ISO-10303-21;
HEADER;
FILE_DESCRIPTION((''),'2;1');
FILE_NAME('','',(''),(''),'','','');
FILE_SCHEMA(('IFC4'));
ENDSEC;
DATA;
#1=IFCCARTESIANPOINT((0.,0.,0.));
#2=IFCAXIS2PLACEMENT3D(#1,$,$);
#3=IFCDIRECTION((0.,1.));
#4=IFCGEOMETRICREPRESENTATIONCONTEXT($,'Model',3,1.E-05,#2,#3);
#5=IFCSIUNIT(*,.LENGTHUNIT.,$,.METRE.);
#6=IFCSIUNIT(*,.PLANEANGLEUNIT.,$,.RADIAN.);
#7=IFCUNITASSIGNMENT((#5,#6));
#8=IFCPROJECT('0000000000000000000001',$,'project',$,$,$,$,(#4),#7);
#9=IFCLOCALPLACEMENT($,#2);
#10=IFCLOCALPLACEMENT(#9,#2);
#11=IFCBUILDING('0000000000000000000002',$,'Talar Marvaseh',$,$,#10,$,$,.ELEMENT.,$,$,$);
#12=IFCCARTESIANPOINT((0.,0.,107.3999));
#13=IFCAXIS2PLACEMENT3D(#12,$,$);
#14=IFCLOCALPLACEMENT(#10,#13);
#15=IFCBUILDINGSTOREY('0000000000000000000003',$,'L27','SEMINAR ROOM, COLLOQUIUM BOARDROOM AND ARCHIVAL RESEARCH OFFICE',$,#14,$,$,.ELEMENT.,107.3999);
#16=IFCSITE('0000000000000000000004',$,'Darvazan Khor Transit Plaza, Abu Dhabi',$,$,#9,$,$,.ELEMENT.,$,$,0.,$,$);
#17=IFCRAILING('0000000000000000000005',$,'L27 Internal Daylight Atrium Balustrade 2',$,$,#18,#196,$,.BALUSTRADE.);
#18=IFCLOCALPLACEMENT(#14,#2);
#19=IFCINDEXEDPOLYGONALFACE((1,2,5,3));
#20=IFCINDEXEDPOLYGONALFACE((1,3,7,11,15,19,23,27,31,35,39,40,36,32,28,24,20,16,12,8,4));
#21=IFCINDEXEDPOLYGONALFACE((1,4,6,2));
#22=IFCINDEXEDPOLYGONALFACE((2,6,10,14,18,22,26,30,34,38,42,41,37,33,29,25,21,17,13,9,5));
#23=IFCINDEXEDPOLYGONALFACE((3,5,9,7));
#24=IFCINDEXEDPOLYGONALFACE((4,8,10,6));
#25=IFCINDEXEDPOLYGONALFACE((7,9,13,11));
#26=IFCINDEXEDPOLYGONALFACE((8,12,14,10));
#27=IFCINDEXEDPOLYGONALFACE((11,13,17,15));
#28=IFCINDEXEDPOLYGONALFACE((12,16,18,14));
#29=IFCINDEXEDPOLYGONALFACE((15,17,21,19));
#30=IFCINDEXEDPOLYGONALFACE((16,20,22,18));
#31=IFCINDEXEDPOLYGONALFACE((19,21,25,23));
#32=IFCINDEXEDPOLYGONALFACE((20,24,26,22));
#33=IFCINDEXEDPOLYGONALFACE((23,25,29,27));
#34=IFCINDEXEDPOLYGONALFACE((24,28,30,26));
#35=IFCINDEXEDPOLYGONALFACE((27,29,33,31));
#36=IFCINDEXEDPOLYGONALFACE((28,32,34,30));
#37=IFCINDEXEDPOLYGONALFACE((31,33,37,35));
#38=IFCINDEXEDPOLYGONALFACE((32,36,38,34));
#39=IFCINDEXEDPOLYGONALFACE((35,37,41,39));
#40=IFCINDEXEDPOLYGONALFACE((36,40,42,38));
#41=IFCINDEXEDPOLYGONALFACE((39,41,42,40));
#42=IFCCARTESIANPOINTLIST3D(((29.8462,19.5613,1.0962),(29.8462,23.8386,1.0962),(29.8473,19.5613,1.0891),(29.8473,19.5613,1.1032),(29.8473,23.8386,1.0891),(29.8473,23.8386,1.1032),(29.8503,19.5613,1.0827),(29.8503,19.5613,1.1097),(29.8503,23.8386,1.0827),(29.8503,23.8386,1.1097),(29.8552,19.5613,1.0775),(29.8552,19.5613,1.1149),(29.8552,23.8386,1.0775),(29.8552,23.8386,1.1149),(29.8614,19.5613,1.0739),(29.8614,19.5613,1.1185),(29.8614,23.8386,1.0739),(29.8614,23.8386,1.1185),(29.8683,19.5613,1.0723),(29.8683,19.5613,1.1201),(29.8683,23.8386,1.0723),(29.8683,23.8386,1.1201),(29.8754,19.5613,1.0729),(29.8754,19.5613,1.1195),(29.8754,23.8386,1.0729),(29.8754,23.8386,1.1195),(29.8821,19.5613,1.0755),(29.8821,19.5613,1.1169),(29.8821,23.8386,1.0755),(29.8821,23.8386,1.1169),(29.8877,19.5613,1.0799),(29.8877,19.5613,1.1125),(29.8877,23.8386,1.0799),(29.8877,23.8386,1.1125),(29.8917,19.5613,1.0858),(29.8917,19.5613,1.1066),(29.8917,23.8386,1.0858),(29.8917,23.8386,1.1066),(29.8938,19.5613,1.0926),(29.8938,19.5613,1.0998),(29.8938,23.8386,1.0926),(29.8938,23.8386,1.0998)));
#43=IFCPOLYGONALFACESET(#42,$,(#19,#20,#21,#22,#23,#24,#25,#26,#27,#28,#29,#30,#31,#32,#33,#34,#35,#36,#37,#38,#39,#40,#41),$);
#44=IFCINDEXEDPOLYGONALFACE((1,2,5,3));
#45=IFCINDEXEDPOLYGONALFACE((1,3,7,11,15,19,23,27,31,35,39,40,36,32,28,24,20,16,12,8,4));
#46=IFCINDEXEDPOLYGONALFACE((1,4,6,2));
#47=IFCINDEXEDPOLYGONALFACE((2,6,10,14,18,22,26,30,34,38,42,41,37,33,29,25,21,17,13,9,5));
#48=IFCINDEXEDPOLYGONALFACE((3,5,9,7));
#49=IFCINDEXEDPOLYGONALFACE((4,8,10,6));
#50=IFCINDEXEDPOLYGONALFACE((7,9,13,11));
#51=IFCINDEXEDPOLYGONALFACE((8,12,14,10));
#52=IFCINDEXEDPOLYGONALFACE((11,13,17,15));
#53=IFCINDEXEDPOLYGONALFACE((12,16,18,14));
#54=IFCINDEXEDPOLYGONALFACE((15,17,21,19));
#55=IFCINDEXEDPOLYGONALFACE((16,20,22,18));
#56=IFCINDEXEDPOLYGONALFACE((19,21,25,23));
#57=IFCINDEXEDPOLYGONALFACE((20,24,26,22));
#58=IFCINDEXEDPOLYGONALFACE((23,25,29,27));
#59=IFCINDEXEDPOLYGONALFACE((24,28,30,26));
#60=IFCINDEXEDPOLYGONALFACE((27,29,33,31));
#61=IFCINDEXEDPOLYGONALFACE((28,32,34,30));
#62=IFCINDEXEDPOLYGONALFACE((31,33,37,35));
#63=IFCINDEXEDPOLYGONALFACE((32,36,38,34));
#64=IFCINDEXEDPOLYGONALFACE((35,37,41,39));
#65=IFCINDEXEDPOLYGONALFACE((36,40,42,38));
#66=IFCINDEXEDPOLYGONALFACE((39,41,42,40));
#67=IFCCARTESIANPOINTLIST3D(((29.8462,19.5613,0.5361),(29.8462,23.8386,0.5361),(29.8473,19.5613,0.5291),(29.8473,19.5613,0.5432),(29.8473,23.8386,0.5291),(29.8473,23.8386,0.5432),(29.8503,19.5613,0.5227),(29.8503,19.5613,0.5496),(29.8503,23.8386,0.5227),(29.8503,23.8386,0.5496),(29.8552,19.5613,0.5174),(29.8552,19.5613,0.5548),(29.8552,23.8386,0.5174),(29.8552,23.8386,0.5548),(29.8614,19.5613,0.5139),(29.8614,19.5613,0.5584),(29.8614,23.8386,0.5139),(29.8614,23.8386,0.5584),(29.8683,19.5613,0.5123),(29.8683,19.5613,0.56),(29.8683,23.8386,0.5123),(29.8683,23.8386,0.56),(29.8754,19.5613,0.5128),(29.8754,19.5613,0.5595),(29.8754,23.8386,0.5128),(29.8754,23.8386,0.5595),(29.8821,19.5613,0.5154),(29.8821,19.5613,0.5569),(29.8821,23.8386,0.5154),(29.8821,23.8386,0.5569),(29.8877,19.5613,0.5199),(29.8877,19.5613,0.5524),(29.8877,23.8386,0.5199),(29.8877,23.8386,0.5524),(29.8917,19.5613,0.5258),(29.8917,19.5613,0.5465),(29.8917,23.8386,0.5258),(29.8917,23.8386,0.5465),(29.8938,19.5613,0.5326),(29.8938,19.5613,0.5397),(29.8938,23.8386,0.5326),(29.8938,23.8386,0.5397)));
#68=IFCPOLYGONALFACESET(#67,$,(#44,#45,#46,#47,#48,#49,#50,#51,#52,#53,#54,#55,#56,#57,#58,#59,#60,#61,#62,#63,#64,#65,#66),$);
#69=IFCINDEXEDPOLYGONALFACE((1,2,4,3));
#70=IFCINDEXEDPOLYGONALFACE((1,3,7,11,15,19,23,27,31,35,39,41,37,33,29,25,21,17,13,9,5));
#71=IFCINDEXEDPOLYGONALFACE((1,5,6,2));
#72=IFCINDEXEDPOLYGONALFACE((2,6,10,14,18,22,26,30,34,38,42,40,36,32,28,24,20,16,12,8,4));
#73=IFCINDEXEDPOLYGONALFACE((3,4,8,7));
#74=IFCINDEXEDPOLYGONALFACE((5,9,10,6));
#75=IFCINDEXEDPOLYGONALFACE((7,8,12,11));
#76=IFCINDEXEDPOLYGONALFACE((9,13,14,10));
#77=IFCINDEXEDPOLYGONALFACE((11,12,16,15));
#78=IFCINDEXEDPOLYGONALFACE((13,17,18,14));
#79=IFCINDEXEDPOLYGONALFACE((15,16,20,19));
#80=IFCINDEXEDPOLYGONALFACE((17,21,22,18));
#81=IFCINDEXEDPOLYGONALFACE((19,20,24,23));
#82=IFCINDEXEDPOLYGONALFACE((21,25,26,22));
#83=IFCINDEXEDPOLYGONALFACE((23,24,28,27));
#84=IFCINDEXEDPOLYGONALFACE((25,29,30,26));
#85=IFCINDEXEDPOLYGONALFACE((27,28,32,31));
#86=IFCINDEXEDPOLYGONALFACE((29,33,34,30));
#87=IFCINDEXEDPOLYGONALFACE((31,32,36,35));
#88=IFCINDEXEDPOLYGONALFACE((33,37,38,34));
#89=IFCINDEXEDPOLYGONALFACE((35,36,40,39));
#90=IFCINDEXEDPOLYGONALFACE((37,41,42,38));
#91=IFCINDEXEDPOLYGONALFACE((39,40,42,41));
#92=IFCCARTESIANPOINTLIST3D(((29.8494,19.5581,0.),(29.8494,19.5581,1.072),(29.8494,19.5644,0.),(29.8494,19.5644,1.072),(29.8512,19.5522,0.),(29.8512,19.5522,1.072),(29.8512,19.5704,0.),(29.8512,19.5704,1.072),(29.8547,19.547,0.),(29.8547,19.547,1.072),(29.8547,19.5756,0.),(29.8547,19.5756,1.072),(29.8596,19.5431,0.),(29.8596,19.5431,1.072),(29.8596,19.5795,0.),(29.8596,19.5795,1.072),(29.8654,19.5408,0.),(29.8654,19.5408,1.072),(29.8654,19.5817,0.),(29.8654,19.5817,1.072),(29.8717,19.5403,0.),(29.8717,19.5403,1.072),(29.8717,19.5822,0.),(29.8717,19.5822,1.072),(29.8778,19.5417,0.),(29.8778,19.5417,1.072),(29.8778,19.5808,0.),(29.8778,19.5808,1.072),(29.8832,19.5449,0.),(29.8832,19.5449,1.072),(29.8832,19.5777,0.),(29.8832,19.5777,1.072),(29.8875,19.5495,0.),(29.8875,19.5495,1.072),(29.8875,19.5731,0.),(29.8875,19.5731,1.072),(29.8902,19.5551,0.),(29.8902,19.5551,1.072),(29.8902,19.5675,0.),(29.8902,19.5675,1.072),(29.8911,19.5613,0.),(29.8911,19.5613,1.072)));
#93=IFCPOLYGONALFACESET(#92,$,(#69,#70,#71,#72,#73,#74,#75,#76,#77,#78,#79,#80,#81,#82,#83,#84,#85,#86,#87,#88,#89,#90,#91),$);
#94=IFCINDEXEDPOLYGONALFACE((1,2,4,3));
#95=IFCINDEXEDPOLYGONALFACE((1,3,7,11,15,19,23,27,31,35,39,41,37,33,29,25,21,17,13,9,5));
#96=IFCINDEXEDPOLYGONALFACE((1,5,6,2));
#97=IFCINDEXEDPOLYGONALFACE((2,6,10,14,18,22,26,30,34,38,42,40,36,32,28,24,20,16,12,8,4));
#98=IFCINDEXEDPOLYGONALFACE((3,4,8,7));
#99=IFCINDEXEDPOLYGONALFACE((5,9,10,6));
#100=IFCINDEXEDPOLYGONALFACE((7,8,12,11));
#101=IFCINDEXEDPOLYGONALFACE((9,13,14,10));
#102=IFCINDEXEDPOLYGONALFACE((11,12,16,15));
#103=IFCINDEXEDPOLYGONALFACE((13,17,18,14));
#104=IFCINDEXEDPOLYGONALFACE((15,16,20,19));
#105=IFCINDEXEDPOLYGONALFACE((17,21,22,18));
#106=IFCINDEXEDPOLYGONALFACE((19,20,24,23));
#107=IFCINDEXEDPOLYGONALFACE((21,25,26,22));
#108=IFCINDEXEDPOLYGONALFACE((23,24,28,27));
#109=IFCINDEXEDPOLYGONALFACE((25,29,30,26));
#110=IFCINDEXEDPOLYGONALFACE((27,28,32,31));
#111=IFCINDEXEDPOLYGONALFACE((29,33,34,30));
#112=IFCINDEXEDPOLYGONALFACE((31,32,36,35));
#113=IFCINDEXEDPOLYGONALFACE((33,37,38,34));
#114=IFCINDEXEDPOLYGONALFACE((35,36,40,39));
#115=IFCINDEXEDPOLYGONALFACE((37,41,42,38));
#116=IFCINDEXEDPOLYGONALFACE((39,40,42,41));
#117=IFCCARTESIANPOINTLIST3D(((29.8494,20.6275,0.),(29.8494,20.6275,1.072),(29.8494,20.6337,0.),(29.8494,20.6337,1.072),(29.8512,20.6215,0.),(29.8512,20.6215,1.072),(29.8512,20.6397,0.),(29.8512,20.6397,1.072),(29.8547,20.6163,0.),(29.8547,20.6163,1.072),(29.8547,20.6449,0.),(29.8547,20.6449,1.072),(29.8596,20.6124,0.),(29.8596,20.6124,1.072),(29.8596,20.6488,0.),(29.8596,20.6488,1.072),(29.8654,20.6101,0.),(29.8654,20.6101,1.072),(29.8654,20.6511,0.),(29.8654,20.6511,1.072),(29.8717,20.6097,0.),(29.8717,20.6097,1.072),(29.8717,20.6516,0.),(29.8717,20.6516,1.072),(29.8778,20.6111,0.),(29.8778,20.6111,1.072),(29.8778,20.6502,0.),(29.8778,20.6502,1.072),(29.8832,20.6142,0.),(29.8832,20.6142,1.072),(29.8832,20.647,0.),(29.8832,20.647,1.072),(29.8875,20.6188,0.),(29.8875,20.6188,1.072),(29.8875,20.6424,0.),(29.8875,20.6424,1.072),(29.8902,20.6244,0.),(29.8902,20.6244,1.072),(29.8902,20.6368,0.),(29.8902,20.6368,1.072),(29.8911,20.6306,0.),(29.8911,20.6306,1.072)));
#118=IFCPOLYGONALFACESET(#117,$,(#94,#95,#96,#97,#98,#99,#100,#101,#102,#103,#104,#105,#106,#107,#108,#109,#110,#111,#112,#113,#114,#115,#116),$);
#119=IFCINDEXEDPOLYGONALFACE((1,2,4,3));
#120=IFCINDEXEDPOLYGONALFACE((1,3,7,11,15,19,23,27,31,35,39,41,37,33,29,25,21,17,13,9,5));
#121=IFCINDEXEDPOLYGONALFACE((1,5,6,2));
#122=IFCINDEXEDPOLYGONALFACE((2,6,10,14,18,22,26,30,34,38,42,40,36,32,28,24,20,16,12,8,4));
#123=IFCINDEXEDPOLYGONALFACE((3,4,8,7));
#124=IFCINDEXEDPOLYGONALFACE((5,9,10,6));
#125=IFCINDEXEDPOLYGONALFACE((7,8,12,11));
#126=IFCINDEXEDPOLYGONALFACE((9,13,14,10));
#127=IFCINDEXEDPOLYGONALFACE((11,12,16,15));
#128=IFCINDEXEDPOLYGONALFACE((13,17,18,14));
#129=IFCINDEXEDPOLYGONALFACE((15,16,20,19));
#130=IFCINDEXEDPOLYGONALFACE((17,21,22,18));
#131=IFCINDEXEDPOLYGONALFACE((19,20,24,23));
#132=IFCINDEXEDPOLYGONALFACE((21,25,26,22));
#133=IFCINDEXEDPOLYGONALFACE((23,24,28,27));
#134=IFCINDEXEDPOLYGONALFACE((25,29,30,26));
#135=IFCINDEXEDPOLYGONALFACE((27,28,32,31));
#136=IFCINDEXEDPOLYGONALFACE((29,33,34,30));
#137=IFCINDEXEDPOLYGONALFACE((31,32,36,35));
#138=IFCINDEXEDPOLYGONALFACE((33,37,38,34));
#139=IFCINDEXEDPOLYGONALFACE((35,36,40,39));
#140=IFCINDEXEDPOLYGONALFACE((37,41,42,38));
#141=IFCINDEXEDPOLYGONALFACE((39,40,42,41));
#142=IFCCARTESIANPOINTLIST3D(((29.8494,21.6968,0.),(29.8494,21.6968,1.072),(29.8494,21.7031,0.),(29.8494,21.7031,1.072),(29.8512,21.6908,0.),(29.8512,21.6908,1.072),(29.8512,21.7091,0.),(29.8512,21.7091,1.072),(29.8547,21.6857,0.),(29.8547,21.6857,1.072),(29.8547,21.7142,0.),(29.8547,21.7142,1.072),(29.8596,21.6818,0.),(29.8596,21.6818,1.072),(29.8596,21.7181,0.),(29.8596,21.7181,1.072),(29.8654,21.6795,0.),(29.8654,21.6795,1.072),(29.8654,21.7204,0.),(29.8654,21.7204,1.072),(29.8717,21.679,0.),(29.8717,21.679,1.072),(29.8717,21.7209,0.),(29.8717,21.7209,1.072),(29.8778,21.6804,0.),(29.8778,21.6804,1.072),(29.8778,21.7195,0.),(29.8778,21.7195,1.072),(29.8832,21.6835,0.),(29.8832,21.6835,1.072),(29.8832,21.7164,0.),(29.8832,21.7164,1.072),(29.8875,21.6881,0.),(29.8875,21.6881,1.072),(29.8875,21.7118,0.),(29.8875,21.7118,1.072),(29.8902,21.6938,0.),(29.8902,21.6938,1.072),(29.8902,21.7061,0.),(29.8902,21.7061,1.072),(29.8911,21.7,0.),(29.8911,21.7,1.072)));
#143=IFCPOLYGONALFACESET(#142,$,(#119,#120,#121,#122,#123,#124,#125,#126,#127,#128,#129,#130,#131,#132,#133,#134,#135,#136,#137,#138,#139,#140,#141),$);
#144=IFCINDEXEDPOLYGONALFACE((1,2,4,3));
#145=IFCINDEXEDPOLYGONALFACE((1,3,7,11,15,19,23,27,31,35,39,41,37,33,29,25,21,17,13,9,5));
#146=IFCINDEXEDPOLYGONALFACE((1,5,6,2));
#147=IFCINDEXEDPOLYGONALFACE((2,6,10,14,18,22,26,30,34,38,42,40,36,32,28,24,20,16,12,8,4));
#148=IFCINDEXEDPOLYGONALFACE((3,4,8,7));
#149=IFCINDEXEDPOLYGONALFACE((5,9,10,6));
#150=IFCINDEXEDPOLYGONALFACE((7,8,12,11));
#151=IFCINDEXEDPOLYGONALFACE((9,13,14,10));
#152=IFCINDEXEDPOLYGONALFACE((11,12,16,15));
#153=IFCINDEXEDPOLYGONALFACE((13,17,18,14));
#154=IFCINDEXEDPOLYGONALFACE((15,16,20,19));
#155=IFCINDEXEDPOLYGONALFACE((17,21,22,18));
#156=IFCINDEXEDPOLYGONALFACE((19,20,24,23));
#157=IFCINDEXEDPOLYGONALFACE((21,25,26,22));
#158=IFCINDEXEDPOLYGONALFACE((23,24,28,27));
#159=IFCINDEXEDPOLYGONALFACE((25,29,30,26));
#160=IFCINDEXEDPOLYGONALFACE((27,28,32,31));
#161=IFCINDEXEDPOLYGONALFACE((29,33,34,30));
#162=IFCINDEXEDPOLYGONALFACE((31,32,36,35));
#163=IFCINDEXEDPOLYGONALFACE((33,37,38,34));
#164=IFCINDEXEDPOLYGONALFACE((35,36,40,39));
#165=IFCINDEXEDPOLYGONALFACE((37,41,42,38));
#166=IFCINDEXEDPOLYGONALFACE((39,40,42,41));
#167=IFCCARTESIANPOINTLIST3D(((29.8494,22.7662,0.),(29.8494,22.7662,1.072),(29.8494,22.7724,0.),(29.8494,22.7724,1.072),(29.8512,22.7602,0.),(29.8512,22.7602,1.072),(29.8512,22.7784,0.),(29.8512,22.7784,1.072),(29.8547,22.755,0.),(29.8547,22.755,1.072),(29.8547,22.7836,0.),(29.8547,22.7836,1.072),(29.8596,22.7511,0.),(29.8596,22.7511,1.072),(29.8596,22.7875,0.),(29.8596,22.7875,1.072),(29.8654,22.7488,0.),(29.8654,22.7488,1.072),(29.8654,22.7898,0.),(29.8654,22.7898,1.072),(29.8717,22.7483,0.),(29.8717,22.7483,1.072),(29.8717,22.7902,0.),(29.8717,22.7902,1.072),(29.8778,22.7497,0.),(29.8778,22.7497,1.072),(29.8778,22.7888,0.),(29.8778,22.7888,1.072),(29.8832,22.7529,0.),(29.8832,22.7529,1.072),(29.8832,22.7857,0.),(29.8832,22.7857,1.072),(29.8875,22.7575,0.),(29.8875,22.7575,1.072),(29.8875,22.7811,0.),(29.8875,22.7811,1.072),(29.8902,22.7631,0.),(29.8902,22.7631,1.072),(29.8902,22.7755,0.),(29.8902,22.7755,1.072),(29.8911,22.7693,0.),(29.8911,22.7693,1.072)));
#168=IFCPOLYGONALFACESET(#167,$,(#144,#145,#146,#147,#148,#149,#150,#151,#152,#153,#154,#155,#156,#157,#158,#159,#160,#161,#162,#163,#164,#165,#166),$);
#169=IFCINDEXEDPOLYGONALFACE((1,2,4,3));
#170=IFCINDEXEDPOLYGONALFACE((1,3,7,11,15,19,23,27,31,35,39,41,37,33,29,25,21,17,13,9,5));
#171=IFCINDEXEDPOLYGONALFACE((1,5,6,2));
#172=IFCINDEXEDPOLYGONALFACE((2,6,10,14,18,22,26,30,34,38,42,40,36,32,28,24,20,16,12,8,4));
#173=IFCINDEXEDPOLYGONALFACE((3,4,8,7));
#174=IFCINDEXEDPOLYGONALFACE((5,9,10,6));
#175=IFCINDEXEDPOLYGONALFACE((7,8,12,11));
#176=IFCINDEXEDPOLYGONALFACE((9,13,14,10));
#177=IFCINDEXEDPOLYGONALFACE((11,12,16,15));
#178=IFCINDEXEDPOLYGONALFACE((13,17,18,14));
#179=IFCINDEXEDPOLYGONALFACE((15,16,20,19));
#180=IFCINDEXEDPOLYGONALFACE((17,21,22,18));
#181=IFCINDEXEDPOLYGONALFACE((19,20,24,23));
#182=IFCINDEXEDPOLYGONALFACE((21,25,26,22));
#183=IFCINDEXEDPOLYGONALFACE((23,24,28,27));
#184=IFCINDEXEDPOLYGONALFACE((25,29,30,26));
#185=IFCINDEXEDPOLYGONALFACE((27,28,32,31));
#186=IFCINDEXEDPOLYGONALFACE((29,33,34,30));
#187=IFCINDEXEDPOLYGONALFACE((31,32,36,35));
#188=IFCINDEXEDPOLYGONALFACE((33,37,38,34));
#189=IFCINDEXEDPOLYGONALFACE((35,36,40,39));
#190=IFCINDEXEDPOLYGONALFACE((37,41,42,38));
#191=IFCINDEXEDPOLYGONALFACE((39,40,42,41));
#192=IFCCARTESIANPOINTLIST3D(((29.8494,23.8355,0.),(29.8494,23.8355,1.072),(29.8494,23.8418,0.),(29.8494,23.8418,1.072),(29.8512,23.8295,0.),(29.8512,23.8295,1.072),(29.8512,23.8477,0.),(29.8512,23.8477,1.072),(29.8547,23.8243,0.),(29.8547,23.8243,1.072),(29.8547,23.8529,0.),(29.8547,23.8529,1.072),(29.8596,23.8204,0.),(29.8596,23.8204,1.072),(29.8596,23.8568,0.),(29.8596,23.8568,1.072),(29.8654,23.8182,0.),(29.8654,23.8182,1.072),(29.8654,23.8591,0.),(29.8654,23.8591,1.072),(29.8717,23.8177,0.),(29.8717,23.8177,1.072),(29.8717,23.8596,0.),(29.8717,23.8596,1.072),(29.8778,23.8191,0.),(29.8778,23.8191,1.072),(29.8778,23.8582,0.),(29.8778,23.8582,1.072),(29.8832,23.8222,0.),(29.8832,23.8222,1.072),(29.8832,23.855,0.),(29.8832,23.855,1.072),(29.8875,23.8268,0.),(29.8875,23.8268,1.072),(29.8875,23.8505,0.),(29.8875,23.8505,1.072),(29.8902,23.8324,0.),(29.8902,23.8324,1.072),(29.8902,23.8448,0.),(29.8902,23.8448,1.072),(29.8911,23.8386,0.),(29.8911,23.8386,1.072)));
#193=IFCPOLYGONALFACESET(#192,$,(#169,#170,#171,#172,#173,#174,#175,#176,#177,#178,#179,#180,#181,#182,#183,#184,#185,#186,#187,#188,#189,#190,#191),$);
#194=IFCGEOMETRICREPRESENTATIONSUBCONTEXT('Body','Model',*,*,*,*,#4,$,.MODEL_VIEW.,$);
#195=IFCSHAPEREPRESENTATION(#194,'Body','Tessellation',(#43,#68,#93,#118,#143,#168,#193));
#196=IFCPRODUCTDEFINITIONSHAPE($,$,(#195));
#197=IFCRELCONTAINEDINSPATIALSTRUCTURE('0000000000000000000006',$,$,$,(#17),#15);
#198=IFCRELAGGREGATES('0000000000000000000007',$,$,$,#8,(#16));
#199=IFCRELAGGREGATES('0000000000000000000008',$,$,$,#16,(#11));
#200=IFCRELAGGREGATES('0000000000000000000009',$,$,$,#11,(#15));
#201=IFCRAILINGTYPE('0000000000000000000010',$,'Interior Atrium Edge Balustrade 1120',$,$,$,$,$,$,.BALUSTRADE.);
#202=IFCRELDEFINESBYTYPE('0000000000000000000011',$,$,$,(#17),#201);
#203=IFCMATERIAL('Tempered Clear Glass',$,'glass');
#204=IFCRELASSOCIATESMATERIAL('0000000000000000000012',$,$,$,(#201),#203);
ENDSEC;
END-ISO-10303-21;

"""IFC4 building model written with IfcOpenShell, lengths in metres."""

from ifc_helpers import new_model, si_unit, direction, frame, origin, origin_2d, place, context, subcontext, project, spatial, circle, extrude, material, type_object, element, save


model = new_model("IFC4")

# Units and contexts
model_context = context("Model", 3, precision=1e-05, world=origin(), true_north=direction((0.0, 1.0)))
body_context = subcontext(model_context, "Body", "Model", "MODEL_VIEW")
ifc_project = project(units=[si_unit("LENGTHUNIT", "METRE"), si_unit("PLANEANGLEUNIT", "RADIAN")], contexts=[model_context])

# Site, building, storey
site_placement = place(None, origin())
site = spatial("IfcSite", under=ifc_project, at=site_placement, Name="Darvazan Khor Transit Plaza, Abu Dhabi", CompositionType="ELEMENT", RefElevation=0.0)
building_placement = place(site_placement, origin())
building = spatial("IfcBuilding", under=site, at=building_placement, Name="Talar Marvaseh", CompositionType="ELEMENT")
storey_placement = place(building_placement, frame((0.0, 0.0, 107.3999)))
storey = spatial("IfcBuildingStorey", under=building, at=storey_placement, Name="L27", Description="SEMINAR ROOM, COLLOQUIUM BOARDROOM AND ARCHIVAL RESEARCH OFFICE", CompositionType="ELEMENT", Elevation=107.3999)

# Railing
ifc_material_1 = material(Name="Tempered Clear Glass", Category="glass")
railing_type_1 = type_object("IfcRailingType", Name="Interior Atrium Edge Balustrade 1120", PredefinedType="BALUSTRADE", material=ifc_material_1)
railing_1_placement = place(storey_placement, frame((29.8701, 19.5613, 0.0)))
element("IfcRailing", 1, at=railing_1_placement, inside=storey, type_object=railing_type_1, Name="L27 Internal Daylight Atrium Balustrade 2", PredefinedType="BALUSTRADE", context=body_context, shape_type="SweptSolid", body=[
    extrude(circle(Radius=0.0239, at=origin_2d()), frame((0.0, 0.0, 1.0962), z_axis=(0.0, 1.0, 0.0), x_axis=(-1.0, 0.0, 0.0)), (0.0, 0.0, 1.0), 4.2773),
    extrude(circle(Radius=0.0239, at=origin_2d()), frame((0.0, 0.0, 0.5361), z_axis=(0.0, 1.0, 0.0), x_axis=(-1.0, 0.0, 0.0)), (0.0, 0.0, 1.0), 4.2773),
    extrude(circle(Radius=0.021, at=origin_2d()), origin(), (0.0, 0.0, 1.0), 1.072),
    extrude(circle(Radius=0.021, at=origin_2d()), frame((0.0, 1.0693, 0.0)), (0.0, 0.0, 1.0), 1.072),
    extrude(circle(Radius=0.021, at=origin_2d()), frame((0.0, 2.1387, 0.0)), (0.0, 0.0, 1.0), 1.072),
    extrude(circle(Radius=0.021, at=origin_2d()), frame((0.0, 3.208, 0.0)), (0.0, 0.0, 1.0), 1.072),
    extrude(circle(Radius=0.021, at=origin_2d()), frame((0.0, 4.2773, 0.0)), (0.0, 0.0, 1.0), 1.072),
])

save(model, "model.ifc")
